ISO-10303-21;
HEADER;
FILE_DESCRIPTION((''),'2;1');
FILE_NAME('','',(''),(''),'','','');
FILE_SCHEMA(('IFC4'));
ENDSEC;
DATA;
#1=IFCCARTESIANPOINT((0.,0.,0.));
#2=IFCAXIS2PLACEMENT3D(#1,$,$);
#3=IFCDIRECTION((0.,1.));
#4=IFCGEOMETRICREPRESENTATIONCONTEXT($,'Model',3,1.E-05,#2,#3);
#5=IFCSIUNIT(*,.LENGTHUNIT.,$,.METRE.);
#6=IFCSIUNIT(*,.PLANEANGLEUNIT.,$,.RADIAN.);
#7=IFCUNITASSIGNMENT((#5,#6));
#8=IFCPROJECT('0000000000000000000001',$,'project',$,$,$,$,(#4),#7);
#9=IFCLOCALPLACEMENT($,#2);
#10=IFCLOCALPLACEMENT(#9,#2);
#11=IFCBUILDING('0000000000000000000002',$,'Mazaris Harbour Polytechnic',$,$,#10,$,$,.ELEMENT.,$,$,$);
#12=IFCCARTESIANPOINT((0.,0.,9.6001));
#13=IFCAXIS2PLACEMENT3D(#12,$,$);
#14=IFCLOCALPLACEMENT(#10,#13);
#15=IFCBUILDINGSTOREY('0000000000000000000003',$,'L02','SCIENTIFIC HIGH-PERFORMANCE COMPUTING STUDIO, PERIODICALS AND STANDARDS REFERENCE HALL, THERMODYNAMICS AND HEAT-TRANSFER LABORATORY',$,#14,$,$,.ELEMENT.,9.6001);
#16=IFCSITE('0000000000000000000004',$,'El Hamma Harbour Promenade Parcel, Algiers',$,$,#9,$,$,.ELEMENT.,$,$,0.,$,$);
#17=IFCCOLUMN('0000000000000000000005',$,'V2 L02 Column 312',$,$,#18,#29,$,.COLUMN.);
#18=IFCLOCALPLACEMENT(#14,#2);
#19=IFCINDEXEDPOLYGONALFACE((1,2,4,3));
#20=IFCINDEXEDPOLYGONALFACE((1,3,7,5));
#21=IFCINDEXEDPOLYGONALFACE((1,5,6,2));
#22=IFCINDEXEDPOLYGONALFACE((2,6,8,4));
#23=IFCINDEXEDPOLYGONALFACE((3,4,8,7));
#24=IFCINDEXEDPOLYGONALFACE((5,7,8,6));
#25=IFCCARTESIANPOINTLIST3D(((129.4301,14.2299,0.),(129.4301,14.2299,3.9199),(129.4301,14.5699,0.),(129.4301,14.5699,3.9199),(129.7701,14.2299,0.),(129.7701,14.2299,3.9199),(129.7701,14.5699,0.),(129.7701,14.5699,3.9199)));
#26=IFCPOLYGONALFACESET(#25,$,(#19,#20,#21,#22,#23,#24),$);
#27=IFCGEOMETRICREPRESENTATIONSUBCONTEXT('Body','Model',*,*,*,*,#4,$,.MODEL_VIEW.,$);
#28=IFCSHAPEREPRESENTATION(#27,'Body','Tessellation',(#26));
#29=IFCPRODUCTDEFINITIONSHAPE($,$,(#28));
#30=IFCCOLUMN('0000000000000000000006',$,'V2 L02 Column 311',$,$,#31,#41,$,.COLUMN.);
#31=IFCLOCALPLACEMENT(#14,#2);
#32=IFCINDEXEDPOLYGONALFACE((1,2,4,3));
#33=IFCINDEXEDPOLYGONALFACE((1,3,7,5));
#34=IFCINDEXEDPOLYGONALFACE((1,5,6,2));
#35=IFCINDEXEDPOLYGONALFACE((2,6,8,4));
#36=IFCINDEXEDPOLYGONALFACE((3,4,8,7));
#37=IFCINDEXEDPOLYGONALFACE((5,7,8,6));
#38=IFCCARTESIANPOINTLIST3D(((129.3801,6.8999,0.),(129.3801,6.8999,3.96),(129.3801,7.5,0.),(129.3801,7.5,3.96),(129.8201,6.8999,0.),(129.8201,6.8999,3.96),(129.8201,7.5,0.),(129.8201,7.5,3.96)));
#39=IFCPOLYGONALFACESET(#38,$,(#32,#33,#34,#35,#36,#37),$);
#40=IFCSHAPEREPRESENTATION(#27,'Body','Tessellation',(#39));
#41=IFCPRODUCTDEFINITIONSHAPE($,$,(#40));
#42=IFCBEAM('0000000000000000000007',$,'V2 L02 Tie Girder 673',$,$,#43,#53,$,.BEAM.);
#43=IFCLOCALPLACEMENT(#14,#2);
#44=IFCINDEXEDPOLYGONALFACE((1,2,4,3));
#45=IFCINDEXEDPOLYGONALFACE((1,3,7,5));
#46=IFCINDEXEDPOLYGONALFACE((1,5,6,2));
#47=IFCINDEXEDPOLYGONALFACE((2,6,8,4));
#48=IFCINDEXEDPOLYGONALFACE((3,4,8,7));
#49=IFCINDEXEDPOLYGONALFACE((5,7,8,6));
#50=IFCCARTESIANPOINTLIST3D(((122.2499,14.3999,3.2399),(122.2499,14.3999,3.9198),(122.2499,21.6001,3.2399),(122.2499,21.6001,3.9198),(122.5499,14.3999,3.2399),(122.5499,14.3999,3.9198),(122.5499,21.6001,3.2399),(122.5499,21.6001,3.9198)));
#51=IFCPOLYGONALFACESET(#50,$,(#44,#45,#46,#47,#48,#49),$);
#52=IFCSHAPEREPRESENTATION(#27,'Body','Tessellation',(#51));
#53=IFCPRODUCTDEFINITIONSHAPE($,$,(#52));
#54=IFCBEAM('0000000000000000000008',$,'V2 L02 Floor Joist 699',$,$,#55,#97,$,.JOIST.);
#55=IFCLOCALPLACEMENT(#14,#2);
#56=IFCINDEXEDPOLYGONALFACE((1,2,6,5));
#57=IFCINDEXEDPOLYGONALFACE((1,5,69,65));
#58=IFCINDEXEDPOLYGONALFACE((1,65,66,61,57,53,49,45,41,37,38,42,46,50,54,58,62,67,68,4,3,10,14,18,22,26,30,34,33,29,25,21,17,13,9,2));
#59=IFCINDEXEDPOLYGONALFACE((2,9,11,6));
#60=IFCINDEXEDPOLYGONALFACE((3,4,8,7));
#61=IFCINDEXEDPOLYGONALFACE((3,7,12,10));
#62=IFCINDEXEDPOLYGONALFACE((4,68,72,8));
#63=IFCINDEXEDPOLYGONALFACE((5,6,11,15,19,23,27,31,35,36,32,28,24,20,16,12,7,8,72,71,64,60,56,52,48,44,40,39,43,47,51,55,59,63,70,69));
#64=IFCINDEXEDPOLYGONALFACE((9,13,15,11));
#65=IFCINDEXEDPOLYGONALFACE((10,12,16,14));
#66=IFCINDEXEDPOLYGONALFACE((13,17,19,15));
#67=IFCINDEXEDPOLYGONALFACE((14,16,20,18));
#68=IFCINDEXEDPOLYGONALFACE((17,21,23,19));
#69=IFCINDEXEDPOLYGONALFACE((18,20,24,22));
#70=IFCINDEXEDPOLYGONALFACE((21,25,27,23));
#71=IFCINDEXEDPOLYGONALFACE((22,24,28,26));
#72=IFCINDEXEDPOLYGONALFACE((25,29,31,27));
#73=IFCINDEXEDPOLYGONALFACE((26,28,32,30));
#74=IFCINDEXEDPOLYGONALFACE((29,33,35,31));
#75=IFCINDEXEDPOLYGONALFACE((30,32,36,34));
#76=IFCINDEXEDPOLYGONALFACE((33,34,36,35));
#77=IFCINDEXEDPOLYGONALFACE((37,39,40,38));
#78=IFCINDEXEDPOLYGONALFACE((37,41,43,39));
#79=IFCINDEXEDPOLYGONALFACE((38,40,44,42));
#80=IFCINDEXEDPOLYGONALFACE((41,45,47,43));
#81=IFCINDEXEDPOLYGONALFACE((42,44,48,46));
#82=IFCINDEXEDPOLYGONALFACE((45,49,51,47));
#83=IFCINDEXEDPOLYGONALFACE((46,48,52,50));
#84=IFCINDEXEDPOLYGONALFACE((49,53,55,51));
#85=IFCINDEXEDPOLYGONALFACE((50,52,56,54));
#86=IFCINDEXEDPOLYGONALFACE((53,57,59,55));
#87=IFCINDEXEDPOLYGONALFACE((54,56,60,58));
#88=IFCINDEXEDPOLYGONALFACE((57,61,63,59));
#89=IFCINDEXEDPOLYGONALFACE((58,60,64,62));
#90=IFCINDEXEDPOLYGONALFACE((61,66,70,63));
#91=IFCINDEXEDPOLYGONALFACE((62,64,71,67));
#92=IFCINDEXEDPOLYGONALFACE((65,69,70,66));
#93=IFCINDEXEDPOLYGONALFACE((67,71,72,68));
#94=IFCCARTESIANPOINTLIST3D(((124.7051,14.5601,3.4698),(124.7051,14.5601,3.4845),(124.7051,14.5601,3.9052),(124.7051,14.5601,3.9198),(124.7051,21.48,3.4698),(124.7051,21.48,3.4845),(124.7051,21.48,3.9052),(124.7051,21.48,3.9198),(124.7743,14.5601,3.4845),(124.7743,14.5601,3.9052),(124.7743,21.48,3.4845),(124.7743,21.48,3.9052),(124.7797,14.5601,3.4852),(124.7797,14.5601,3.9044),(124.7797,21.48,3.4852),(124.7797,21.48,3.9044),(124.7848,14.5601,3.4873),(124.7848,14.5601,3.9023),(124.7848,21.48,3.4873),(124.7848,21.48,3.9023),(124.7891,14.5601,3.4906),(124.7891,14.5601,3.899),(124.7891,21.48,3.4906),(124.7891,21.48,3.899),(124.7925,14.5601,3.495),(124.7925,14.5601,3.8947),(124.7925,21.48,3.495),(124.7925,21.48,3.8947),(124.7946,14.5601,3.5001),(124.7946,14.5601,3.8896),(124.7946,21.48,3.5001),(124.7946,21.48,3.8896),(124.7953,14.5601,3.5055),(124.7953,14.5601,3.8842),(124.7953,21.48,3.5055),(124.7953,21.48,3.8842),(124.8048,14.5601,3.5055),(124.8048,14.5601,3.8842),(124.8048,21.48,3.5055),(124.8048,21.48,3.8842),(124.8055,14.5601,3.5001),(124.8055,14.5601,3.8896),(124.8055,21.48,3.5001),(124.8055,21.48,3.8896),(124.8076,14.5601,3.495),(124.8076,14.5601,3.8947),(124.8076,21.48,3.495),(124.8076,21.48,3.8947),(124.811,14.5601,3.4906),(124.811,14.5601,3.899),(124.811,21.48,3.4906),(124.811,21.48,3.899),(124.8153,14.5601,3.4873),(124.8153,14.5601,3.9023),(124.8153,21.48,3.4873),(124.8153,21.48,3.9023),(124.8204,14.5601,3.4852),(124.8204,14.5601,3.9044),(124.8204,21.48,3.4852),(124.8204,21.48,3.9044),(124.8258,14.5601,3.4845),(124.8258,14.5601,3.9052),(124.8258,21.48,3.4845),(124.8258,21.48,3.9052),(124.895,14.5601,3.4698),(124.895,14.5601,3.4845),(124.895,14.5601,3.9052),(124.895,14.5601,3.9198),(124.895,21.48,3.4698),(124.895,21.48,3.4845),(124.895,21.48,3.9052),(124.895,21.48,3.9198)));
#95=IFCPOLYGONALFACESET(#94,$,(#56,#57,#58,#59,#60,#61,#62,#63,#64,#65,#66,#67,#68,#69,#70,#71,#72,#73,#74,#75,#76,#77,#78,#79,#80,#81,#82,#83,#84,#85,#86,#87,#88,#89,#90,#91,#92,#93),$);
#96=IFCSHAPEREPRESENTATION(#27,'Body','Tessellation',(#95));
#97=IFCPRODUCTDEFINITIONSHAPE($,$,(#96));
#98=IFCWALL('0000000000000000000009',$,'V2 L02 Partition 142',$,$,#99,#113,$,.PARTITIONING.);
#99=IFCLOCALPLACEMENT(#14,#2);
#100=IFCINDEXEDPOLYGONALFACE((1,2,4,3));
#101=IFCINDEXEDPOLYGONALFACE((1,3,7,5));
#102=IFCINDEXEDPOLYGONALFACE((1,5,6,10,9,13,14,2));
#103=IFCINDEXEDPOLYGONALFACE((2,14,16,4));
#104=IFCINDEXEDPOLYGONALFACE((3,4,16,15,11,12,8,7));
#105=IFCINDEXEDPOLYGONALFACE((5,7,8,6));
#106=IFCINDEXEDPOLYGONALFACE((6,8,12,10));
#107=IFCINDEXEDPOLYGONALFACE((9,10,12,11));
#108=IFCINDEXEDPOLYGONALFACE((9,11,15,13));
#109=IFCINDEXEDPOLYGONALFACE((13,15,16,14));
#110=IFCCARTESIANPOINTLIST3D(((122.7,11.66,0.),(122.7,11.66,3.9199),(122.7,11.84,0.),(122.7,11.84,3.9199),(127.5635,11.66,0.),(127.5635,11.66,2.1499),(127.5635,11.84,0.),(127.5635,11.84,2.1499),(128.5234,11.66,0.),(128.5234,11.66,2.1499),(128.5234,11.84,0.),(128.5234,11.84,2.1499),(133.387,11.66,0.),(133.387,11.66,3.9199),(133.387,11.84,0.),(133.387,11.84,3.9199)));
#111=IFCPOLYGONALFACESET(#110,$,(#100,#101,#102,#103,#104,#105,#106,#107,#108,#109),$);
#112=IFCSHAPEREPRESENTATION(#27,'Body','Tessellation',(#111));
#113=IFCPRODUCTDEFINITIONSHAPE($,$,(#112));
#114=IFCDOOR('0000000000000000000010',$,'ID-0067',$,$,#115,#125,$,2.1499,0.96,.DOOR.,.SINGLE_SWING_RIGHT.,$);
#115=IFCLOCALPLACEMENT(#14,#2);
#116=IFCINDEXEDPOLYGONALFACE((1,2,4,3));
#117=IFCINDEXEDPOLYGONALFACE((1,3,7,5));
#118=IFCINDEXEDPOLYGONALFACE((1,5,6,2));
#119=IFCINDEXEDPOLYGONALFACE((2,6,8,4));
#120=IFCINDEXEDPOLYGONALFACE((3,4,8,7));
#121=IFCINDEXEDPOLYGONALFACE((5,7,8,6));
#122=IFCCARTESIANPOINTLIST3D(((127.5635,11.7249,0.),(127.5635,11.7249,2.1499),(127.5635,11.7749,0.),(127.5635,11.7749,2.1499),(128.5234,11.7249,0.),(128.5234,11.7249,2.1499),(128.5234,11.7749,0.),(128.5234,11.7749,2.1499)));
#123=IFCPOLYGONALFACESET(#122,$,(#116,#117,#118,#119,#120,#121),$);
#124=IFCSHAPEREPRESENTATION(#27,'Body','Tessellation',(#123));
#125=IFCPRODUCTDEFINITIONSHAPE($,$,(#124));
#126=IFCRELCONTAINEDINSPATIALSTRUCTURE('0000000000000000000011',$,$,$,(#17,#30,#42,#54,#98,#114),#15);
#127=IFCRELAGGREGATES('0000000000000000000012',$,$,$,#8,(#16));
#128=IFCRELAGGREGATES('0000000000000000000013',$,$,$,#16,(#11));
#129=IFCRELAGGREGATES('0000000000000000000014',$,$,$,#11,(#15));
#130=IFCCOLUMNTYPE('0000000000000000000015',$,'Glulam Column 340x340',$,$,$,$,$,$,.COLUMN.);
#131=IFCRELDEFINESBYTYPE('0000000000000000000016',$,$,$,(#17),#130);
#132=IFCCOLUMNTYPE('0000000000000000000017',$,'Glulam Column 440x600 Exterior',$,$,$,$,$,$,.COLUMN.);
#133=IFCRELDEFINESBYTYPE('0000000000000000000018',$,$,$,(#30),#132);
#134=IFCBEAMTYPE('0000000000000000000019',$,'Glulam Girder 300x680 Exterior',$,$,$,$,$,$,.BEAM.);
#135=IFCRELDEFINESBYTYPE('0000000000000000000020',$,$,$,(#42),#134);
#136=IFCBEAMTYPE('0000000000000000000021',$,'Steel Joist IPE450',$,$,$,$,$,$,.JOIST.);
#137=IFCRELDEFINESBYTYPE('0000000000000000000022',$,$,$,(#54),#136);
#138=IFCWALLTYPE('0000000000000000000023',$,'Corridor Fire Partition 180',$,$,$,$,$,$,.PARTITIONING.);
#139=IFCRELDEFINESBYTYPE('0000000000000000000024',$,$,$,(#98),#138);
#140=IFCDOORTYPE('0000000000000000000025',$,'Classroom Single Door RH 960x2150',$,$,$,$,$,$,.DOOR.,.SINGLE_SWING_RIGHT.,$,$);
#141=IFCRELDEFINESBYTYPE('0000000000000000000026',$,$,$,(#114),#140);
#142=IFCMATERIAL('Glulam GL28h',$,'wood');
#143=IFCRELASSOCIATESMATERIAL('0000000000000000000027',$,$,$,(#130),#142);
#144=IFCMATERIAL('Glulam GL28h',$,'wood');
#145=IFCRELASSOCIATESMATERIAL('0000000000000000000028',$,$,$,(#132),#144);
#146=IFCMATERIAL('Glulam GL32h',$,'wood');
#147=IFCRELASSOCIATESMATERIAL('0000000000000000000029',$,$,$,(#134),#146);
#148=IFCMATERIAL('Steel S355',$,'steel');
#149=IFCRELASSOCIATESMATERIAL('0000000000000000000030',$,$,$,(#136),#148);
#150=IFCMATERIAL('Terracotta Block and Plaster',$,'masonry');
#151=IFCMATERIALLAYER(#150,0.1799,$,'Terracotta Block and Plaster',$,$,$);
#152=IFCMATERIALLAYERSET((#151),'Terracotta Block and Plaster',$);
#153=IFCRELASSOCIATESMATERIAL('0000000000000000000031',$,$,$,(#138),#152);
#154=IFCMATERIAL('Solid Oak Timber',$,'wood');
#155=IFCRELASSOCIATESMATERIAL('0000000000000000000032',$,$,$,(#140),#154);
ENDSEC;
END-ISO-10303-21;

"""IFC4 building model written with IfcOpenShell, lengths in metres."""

from ifc_helpers import new_model, si_unit, direction, frame, frame_2d, origin, origin_2d, place, context, subcontext, project, spatial, rectangle, i_section, extrude, material, layer, layer_set, material_profile, profile_set, type_object, element, fill, save


model = new_model("IFC4")

# Units and contexts
model_context = context("Model", 3, precision=1e-05, world=origin(), true_north=direction((0.0, 1.0)))
body_context = subcontext(model_context, "Body", "Model", "MODEL_VIEW")
ifc_project = project(units=[si_unit("LENGTHUNIT", "METRE"), si_unit("PLANEANGLEUNIT", "RADIAN")], contexts=[model_context])

# Site, building, storey
site_placement = place(None, origin())
site = spatial("IfcSite", under=ifc_project, at=site_placement, Name="El Hamma Harbour Promenade Parcel, Algiers", CompositionType="ELEMENT", RefElevation=0.0)
building_placement = place(site_placement, origin())
building = spatial("IfcBuilding", under=site, at=building_placement, Name="Mazaris Harbour Polytechnic", CompositionType="ELEMENT")
storey_placement = place(building_placement, frame((0.0, 0.0, 9.6001)))
storey = spatial("IfcBuildingStorey", under=building, at=storey_placement, Name="L02", Description="SCIENTIFIC HIGH-PERFORMANCE COMPUTING STUDIO, PERIODICALS AND STANDARDS REFERENCE HALL, THERMODYNAMICS AND HEAT-TRANSFER LABORATORY", CompositionType="ELEMENT", Elevation=9.6001)

# Columns
ifc_material_1 = material(Name="Glulam GL28h", Category="wood")
ifc_material_profile_1 = material_profile(ifc_material_1, rectangle(XDim=0.3401, YDim=0.3401, at=origin_2d()), Name="RECT340x340")
ifc_profile_set_1 = profile_set([ifc_material_profile_1], Name="Glulam GL28h")
column_type_1 = type_object("IfcColumnType", Name="Glulam Column 340x340", PredefinedType="COLUMN", material=ifc_profile_set_1)
column_1_placement = place(storey_placement, frame((129.6001, 14.3999, 0.0), z_axis=(0.0, 0.0, 1.0), x_axis=(1.0, 0.0, 0.0)))
element("IfcColumn", 1, at=column_1_placement, inside=storey, type_object=column_type_1, Name="V2 L02 Column 312", PredefinedType="COLUMN", context=body_context, shape_type="SweptSolid", body=[
    extrude(rectangle(XDim=0.3401, YDim=0.3401, at=origin_2d()), origin(), (0.0, 0.0, 1.0), 3.9199),
])
ifc_material_2 = material(Name="Glulam GL28h", Category="wood")
ifc_material_profile_2 = material_profile(ifc_material_2, rectangle(XDim=0.4399, YDim=0.6001, at=origin_2d()), Name="RECT440x600")
ifc_profile_set_2 = profile_set([ifc_material_profile_2], Name="Glulam GL28h")
column_type_2 = type_object("IfcColumnType", Name="Glulam Column 440x600 Exterior", PredefinedType="COLUMN", material=ifc_profile_set_2)
column_2_placement = place(storey_placement, frame((129.6001, 7.2, 0.0), z_axis=(0.0, 0.0, 1.0), x_axis=(1.0, 0.0, 0.0)))
element("IfcColumn", 2, at=column_2_placement, inside=storey, type_object=column_type_2, Name="V2 L02 Column 311", PredefinedType="COLUMN", context=body_context, shape_type="SweptSolid", body=[
    extrude(rectangle(XDim=0.4399, YDim=0.6001, at=origin_2d()), origin(), (0.0, 0.0, 1.0), 3.96),
])

# Beams
ifc_material_3 = material(Name="Glulam GL32h", Category="wood")
ifc_material_profile_3 = material_profile(ifc_material_3, rectangle(XDim=0.3, YDim=0.6799, at=origin_2d()), Name="RECT300x680")
ifc_profile_set_3 = profile_set([ifc_material_profile_3], Name="Glulam GL32h")
beam_type_1 = type_object("IfcBeamType", Name="Glulam Girder 300x680 Exterior", PredefinedType="BEAM", material=ifc_profile_set_3)
beam_1_placement = place(storey_placement, frame((122.3999, 14.3999, 3.5798), z_axis=(0.0, 1.0, 0.0), x_axis=(-1.0, 0.0, 0.0)))
element("IfcBeam", 3, at=beam_1_placement, inside=storey, type_object=beam_type_1, Name="V2 L02 Tie Girder 673", PredefinedType="BEAM", context=body_context, shape_type="SweptSolid", body=[
    extrude(rectangle(XDim=0.3, YDim=0.6799, at=origin_2d()), origin(), (0.0, 0.0, 1.0), 7.2002),
])
ifc_material_4 = material(Name="Steel S355", Category="steel")
ifc_material_profile_4 = material_profile(ifc_material_4, i_section(OverallWidth=0.1899, OverallDepth=0.45, WebThickness=0.0095, FlangeThickness=0.0146, FilletRadius=0.021, at=origin_2d()), Name="IPE 450")
ifc_profile_set_4 = profile_set([ifc_material_profile_4], Name="Steel S355")
beam_type_2 = type_object("IfcBeamType", Name="Steel Joist IPE450", PredefinedType="JOIST", material=ifc_profile_set_4)
beam_2_placement = place(storey_placement, frame((124.8, 14.5601, 3.6948), z_axis=(0.0, 1.0, 0.0), x_axis=(-1.0, 0.0, 0.0)))
element("IfcBeam", 4, at=beam_2_placement, inside=storey, type_object=beam_type_2, Name="V2 L02 Floor Joist 699", PredefinedType="JOIST", context=body_context, shape_type="SweptSolid", body=[
    extrude(i_section(OverallWidth=0.1899, OverallDepth=0.45, WebThickness=0.0095, FlangeThickness=0.0146, FilletRadius=0.021, at=origin_2d()), origin(), (0.0, 0.0, 1.0), 6.9199),
])

# Wall, opening, door
ifc_material_5 = material(Name="Terracotta Block and Plaster", Category="masonry")
ifc_layer_1 = layer(ifc_material_5, 0.1799, Name="Terracotta Block and Plaster")
ifc_layer_set_1 = layer_set([ifc_layer_1], Name="Terracotta Block and Plaster")
wall_type_1 = type_object("IfcWallType", Name="Corridor Fire Partition 180", PredefinedType="PARTITIONING", material=ifc_layer_set_1)
wall_1_placement = place(storey_placement, frame((122.7, 11.75, 0.0), z_axis=(0.0, 0.0, 1.0), x_axis=(1.0, 0.0, 0.0)))
wall_1 = element("IfcWall", 5, at=wall_1_placement, inside=storey, type_object=wall_type_1, Name="V2 L02 Partition 142", PredefinedType="PARTITIONING", context=body_context, shape_type="SweptSolid", body=[
    extrude(rectangle(XDim=10.687, YDim=0.1799, at=frame_2d((5.3435, 0.0))), origin(), (0.0, 0.0, 1.0), 3.9199),
])
opening_1_placement = place(wall_1_placement, frame((4.8635, 0.0, 0.0)))
opening_1 = element("IfcOpeningElement", 6, at=opening_1_placement, cuts=wall_1, PredefinedType="OPENING", context=body_context, shape_type="SweptSolid", body=[
    extrude(rectangle(XDim=0.96, YDim=2.1499, at=frame_2d((0.48, 1.075))), frame((0.0, 0.0999, 0.0), z_axis=(0.0, -1.0, 0.0), x_axis=(1.0, 0.0, 0.0)), (0.0, 0.0, 1.0), 0.2),
])
ifc_material_6 = material(Name="Solid Oak Timber", Category="wood")
door_type = type_object("IfcDoorType", Name="Classroom Single Door RH 960x2150", OperationType="SINGLE_SWING_RIGHT", PredefinedType="DOOR", material=ifc_material_6)
door_placement = place(opening_1_placement, origin())
door = element("IfcDoor", 7, at=door_placement, inside=storey, type_object=door_type, Name="ID-0067", OperationType="SINGLE_SWING_RIGHT", OverallHeight=2.1499, OverallWidth=0.96, PredefinedType="DOOR", context=body_context, shape_type="SweptSolid", body=[
    extrude(rectangle(XDim=0.96, YDim=2.1499, at=frame_2d((0.48, 1.075))), frame((0.0, 0.0249, 0.0), z_axis=(0.0, -1.0, 0.0), x_axis=(1.0, 0.0, 0.0)), (0.0, 0.0, 1.0), 0.05),
])
fill(opening_1, door)

save(model, "model.ifc")
